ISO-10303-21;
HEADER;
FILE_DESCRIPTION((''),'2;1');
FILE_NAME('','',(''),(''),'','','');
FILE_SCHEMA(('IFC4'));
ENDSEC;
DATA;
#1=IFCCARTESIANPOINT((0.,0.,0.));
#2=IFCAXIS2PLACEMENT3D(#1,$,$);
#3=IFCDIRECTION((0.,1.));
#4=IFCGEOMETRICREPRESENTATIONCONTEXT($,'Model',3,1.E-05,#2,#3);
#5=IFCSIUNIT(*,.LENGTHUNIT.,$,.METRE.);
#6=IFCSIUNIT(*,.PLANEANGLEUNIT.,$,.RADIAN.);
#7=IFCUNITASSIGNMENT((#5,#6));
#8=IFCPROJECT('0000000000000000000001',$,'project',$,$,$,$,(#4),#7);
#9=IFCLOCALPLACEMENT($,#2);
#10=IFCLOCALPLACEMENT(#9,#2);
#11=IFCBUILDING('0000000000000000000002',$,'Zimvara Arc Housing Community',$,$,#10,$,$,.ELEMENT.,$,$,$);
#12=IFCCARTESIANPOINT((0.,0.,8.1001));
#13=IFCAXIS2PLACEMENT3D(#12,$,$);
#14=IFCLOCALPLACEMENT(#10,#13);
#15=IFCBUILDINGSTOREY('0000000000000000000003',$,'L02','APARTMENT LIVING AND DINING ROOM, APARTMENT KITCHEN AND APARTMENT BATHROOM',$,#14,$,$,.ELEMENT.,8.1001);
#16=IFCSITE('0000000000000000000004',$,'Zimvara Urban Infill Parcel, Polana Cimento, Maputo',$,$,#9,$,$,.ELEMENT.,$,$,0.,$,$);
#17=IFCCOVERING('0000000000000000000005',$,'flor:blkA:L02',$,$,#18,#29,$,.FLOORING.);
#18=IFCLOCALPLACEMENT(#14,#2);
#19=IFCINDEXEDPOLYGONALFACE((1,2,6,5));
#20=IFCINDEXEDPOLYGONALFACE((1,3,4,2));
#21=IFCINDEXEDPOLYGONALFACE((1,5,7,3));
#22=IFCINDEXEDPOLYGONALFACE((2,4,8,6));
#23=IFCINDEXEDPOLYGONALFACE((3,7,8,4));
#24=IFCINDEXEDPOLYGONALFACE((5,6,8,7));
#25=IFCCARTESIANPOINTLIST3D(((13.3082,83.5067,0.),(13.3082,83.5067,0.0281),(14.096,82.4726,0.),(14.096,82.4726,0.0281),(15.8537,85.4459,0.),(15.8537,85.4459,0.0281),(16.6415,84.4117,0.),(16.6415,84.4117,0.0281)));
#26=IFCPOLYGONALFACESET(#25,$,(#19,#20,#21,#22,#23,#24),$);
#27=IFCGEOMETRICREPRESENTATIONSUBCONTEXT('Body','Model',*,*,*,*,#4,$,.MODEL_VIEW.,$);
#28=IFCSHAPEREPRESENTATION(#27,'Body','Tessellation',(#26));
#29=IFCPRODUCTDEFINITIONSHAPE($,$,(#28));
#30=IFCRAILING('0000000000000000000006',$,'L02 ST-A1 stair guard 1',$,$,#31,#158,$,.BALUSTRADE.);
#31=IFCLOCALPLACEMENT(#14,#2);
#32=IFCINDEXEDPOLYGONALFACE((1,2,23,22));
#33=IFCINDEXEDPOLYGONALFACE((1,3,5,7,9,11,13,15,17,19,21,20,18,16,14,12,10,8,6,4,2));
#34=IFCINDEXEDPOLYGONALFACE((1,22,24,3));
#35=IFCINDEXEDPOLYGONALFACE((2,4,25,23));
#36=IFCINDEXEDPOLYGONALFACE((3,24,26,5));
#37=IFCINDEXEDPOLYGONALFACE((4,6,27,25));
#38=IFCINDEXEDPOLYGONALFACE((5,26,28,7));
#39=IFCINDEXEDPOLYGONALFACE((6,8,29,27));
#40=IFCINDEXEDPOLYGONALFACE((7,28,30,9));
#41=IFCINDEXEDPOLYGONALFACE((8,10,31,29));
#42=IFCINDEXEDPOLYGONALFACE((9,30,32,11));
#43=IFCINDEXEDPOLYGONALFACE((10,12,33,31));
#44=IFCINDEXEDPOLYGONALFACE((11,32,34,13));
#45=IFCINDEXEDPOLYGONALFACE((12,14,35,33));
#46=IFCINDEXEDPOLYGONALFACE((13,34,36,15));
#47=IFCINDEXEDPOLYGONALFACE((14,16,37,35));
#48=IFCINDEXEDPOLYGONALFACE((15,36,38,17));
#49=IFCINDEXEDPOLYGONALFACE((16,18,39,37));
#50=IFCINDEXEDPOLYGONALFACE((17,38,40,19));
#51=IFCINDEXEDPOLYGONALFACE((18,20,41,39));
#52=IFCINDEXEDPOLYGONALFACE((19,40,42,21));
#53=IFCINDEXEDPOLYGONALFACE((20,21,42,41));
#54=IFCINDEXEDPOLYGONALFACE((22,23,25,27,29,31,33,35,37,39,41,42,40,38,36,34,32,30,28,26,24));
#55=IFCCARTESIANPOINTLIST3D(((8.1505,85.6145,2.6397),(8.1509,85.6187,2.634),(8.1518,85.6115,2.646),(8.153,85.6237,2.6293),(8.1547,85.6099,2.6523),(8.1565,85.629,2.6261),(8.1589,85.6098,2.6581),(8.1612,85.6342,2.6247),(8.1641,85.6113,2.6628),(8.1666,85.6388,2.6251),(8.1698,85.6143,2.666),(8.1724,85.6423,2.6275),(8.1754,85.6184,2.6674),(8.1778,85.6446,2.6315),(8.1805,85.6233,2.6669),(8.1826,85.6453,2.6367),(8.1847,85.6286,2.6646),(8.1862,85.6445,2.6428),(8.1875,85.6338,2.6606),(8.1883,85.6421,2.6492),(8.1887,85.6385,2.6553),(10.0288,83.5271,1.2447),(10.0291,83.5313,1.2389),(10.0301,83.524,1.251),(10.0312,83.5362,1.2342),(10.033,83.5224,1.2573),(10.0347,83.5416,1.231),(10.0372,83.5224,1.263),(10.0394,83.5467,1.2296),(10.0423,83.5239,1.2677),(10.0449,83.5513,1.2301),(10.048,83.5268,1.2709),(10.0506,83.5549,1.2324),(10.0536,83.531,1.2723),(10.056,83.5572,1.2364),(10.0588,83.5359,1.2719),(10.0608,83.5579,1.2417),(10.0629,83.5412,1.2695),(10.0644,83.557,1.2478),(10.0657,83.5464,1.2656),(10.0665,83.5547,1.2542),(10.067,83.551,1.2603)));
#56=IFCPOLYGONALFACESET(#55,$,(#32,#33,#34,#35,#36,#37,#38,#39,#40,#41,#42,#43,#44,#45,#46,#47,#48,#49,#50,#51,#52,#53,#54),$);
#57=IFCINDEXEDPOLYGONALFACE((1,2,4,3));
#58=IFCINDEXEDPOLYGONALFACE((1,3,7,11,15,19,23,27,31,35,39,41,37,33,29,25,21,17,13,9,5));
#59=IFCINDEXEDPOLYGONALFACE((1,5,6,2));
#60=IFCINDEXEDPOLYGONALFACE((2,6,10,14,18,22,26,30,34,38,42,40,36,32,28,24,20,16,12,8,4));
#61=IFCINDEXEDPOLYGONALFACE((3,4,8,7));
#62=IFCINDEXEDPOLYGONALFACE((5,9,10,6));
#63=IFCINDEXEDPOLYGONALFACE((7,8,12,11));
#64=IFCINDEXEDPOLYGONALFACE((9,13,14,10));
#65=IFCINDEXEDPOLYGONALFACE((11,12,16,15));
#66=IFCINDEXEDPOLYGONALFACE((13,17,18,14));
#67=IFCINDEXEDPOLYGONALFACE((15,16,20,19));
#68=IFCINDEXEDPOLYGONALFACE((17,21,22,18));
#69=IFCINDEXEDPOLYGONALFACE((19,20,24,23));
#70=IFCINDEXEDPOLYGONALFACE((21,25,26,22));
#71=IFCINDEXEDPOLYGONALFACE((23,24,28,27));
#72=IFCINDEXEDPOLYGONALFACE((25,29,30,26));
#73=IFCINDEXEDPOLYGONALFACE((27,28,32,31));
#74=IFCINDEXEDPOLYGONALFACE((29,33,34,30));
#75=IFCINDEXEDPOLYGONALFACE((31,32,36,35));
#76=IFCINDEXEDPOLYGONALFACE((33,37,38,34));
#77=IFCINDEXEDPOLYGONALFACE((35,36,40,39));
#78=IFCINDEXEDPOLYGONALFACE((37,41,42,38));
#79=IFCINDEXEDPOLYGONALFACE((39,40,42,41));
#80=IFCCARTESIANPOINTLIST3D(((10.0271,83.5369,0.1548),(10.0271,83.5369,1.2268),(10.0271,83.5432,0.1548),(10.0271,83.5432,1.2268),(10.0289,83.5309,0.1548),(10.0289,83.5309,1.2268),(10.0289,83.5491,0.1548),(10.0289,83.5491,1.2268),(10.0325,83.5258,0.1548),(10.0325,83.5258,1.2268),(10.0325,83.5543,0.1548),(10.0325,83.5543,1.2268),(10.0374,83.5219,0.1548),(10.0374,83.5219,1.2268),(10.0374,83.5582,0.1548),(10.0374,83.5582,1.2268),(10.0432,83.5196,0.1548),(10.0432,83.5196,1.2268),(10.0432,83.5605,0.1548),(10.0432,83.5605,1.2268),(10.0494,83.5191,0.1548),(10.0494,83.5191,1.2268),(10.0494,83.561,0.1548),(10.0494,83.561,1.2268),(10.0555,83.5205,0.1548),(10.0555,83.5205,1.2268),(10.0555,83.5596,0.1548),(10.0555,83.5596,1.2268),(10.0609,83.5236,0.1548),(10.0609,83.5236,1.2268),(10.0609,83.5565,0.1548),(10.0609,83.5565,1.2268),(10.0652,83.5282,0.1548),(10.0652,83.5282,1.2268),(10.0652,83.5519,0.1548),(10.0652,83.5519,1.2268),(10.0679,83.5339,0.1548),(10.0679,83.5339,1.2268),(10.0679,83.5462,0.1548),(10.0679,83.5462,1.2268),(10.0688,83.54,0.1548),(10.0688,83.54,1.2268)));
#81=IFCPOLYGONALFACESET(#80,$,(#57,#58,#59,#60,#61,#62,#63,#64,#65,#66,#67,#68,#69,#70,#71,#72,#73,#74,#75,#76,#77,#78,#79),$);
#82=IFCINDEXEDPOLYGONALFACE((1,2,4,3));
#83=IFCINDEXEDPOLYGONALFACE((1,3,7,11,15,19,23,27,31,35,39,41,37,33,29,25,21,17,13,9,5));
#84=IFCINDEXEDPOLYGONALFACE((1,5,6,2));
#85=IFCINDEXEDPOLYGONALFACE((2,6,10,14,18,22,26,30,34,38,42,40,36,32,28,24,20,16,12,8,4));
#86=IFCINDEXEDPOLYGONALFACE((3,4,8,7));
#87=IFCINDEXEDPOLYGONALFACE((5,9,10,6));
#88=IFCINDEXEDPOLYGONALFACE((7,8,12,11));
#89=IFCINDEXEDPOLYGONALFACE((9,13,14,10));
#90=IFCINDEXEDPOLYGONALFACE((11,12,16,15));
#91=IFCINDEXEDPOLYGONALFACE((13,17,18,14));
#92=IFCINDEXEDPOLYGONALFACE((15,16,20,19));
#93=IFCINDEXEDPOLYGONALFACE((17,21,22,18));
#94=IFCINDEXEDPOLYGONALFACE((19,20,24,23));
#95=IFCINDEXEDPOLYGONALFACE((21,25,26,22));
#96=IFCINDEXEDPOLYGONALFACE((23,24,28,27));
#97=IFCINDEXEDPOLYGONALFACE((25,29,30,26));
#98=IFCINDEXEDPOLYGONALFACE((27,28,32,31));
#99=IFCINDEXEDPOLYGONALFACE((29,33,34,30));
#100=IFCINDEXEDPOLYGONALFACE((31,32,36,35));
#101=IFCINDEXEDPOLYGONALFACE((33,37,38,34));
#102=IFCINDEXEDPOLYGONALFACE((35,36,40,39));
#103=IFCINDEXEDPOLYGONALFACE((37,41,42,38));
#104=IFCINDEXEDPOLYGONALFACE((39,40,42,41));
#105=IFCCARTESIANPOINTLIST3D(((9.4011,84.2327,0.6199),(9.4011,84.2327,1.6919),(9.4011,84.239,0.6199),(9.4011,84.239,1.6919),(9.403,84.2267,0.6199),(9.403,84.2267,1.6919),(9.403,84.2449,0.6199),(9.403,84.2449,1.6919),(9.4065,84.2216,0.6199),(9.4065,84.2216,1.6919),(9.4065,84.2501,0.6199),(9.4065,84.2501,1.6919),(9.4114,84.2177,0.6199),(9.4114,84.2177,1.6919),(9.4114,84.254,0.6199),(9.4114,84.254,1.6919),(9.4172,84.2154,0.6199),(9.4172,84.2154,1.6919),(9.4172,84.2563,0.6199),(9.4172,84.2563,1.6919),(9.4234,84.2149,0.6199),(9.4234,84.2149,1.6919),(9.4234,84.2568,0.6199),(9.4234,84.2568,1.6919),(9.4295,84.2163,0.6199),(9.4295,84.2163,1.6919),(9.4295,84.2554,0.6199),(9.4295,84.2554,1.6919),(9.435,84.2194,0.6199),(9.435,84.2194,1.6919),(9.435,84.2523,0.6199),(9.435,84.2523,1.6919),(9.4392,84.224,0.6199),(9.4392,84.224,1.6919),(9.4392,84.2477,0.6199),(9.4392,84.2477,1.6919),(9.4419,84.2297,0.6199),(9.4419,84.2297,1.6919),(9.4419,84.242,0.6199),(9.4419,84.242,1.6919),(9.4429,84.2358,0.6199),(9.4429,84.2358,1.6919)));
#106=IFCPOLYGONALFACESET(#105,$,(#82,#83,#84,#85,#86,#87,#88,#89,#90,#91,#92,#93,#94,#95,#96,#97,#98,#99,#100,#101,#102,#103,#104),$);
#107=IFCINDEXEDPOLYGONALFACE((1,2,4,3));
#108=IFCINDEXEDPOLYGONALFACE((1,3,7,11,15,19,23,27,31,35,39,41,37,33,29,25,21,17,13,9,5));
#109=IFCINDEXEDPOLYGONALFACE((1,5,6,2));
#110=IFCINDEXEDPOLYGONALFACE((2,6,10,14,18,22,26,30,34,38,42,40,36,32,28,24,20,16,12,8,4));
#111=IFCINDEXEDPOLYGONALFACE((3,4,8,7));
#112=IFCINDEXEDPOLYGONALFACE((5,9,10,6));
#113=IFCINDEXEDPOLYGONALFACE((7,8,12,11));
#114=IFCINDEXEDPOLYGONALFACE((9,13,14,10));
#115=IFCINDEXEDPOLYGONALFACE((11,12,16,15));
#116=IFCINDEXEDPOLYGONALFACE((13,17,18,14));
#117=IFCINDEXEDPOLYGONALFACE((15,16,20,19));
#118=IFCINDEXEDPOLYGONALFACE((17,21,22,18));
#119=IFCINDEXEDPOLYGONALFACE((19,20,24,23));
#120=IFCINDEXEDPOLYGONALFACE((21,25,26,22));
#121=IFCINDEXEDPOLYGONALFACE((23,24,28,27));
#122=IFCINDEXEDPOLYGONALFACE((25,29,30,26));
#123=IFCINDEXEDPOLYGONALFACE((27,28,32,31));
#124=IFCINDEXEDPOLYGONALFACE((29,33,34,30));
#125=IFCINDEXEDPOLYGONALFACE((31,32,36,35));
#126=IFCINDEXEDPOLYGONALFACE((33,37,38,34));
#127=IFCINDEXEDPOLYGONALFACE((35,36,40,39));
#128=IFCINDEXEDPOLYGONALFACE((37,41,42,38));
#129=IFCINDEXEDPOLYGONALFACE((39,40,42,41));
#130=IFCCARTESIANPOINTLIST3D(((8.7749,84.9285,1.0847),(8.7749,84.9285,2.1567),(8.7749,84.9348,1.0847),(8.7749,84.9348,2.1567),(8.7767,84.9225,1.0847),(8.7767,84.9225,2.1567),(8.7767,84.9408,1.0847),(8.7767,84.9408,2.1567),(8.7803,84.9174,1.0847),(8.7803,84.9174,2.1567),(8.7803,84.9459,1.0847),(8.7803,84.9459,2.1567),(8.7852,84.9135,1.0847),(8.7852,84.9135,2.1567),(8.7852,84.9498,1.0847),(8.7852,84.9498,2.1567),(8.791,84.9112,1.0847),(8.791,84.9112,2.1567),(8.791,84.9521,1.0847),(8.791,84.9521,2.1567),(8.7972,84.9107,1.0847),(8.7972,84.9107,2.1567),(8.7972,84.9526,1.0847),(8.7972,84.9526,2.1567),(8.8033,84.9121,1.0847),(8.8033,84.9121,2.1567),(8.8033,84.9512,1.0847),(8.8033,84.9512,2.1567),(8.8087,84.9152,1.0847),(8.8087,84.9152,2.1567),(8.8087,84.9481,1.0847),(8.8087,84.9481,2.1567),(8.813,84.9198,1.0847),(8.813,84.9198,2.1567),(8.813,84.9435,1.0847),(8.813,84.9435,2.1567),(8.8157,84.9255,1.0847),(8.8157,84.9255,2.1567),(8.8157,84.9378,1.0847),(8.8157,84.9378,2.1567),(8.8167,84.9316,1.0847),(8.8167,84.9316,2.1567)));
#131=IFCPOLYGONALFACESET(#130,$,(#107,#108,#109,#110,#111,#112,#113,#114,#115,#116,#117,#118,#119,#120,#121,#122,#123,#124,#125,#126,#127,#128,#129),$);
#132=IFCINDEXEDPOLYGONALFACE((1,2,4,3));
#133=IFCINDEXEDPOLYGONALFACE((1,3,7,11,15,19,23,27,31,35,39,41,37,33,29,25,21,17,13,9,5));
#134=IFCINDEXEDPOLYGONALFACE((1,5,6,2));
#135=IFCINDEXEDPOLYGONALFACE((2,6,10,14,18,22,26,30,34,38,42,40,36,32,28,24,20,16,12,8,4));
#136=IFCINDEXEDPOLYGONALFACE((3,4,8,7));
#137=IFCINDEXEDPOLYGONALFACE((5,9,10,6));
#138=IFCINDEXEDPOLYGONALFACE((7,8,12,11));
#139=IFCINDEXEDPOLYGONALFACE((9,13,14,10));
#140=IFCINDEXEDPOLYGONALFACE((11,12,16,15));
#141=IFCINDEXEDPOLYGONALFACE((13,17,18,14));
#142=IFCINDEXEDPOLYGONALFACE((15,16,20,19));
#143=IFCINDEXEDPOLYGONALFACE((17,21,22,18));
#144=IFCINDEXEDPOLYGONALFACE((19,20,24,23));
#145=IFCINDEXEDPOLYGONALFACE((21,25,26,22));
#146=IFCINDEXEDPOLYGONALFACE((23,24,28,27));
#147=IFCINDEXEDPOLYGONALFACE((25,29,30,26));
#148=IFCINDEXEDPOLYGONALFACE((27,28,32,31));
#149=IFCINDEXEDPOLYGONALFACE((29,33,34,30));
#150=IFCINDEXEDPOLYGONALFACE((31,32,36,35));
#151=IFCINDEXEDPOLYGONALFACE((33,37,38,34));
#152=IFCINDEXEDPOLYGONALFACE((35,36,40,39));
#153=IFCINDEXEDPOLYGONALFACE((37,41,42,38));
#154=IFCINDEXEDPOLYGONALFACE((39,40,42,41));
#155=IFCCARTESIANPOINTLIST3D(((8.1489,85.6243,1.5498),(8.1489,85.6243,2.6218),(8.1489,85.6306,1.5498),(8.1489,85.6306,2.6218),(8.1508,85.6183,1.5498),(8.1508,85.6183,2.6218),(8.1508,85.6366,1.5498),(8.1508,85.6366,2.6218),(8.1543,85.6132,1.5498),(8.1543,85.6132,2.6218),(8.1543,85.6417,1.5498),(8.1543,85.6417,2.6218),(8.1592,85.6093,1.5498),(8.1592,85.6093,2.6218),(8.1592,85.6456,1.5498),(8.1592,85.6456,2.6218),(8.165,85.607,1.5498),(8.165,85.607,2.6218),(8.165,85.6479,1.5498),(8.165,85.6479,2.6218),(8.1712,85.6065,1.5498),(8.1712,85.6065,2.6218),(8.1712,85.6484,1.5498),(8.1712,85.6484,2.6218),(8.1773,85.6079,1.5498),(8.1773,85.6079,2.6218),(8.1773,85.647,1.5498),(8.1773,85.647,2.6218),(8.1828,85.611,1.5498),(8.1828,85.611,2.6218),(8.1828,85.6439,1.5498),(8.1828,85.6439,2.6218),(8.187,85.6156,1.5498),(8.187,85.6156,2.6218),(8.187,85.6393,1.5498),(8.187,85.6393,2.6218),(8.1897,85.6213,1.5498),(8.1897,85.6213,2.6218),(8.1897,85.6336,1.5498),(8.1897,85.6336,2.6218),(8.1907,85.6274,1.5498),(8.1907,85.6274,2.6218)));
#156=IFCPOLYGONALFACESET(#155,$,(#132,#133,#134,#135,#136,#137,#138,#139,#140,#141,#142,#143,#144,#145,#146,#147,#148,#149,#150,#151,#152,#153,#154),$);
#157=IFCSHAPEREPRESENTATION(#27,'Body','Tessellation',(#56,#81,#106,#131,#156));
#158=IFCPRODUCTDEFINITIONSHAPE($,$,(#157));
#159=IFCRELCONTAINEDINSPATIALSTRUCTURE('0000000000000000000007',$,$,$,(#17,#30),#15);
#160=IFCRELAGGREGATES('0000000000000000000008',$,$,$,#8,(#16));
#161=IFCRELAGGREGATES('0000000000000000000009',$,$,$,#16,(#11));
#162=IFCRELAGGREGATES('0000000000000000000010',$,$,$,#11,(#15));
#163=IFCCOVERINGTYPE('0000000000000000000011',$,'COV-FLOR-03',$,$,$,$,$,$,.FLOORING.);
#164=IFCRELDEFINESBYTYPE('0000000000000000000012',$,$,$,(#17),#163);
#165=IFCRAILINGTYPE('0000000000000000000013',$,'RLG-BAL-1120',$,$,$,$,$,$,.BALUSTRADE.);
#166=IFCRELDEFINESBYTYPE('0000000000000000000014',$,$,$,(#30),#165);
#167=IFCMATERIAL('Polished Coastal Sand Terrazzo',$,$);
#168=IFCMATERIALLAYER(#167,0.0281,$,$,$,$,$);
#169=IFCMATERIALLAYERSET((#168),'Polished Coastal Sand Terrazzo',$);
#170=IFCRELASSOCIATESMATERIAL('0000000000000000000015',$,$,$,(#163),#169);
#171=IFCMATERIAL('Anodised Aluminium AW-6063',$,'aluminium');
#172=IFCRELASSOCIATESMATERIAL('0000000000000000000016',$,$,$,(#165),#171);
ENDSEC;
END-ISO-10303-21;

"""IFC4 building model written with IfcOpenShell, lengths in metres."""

from ifc_helpers import new_model, si_unit, direction, frame, origin, origin_2d, place, context, subcontext, project, spatial, rectangle, circle, extrude, material, layer, layer_set, type_object, element, save


model = new_model("IFC4")

# Units and contexts
model_context = context("Model", 3, precision=1e-05, world=origin(), true_north=direction((0.0, 1.0)))
body_context = subcontext(model_context, "Body", "Model", "MODEL_VIEW")
ifc_project = project(units=[si_unit("LENGTHUNIT", "METRE"), si_unit("PLANEANGLEUNIT", "RADIAN")], contexts=[model_context])

# Site, building, storey
site_placement = place(None, origin())
site = spatial("IfcSite", under=ifc_project, at=site_placement, Name="Zimvara Urban Infill Parcel, Polana Cimento, Maputo", CompositionType="ELEMENT", RefElevation=0.0)
building_placement = place(site_placement, origin())
building = spatial("IfcBuilding", under=site, at=building_placement, Name="Zimvara Arc Housing Community", CompositionType="ELEMENT")
storey_placement = place(building_placement, frame((0.0, 0.0, 8.1001)))
storey = spatial("IfcBuildingStorey", under=building, at=storey_placement, Name="L02", Description="APARTMENT LIVING AND DINING ROOM, APARTMENT KITCHEN AND APARTMENT BATHROOM", CompositionType="ELEMENT", Elevation=8.1001)

# Covering
ifc_material_1 = material(Name="Polished Coastal Sand Terrazzo")
ifc_layer_1 = layer(ifc_material_1, 0.0281)
ifc_layer_set_1 = layer_set([ifc_layer_1], Name="Polished Coastal Sand Terrazzo")
covering_type_1 = type_object("IfcCoveringType", Name="COV-FLOR-03", PredefinedType="FLOORING", material=ifc_layer_set_1)
covering_1_placement = place(storey_placement, frame((14.9749, 83.9592, 0.0), z_axis=(0.0, 0.0, 1.0), x_axis=(-0.605988, 0.795473, 0.0)))
element("IfcCovering", 1, at=covering_1_placement, inside=storey, type_object=covering_type_1, Name="flor:blkA:L02", PredefinedType="FLOORING", context=body_context, shape_type="SweptSolid", body=[
    extrude(rectangle(XDim=1.3, YDim=3.2, at=origin_2d()), origin(), (0.0, 0.0, 1.0), 0.0281),
])

# Railing
ifc_material_2 = material(Name="Anodised Aluminium AW-6063", Category="aluminium")
railing_type_1 = type_object("IfcRailingType", Name="RLG-BAL-1120", PredefinedType="BALUSTRADE", material=ifc_material_2)
railing_1_placement = place(storey_placement, frame((10.0479, 83.54, 0.1548)))
element("IfcRailing", 2, at=railing_1_placement, inside=storey, type_object=railing_type_1, Name="L02 ST-A1 stair guard 1", PredefinedType="BALUSTRADE", context=body_context, shape_type="SweptSolid", body=[
    extrude(circle(Radius=0.0239, at=origin_2d()), frame((0.0, 0.0, 1.0962), z_axis=(-0.599018, 0.665749, 0.444923), x_axis=(-0.743381, -0.668869, 0.0)), (0.0, 0.0, 1.0), 3.1355),
    extrude(circle(Radius=0.021, at=origin_2d()), origin(), (0.0, 0.0, 1.0), 1.072),
    extrude(circle(Radius=0.021, at=origin_2d()), frame((-0.626, 0.6958, 0.4651)), (0.0, 0.0, 1.0), 1.072),
    extrude(circle(Radius=0.021, at=origin_2d()), frame((-1.2522, 1.3916, 0.9299)), (0.0, 0.0, 1.0), 1.072),
    extrude(circle(Radius=0.021, at=origin_2d()), frame((-1.8782, 2.0874, 1.395)), (0.0, 0.0, 1.0), 1.072),
])

save(model, "model.ifc")
